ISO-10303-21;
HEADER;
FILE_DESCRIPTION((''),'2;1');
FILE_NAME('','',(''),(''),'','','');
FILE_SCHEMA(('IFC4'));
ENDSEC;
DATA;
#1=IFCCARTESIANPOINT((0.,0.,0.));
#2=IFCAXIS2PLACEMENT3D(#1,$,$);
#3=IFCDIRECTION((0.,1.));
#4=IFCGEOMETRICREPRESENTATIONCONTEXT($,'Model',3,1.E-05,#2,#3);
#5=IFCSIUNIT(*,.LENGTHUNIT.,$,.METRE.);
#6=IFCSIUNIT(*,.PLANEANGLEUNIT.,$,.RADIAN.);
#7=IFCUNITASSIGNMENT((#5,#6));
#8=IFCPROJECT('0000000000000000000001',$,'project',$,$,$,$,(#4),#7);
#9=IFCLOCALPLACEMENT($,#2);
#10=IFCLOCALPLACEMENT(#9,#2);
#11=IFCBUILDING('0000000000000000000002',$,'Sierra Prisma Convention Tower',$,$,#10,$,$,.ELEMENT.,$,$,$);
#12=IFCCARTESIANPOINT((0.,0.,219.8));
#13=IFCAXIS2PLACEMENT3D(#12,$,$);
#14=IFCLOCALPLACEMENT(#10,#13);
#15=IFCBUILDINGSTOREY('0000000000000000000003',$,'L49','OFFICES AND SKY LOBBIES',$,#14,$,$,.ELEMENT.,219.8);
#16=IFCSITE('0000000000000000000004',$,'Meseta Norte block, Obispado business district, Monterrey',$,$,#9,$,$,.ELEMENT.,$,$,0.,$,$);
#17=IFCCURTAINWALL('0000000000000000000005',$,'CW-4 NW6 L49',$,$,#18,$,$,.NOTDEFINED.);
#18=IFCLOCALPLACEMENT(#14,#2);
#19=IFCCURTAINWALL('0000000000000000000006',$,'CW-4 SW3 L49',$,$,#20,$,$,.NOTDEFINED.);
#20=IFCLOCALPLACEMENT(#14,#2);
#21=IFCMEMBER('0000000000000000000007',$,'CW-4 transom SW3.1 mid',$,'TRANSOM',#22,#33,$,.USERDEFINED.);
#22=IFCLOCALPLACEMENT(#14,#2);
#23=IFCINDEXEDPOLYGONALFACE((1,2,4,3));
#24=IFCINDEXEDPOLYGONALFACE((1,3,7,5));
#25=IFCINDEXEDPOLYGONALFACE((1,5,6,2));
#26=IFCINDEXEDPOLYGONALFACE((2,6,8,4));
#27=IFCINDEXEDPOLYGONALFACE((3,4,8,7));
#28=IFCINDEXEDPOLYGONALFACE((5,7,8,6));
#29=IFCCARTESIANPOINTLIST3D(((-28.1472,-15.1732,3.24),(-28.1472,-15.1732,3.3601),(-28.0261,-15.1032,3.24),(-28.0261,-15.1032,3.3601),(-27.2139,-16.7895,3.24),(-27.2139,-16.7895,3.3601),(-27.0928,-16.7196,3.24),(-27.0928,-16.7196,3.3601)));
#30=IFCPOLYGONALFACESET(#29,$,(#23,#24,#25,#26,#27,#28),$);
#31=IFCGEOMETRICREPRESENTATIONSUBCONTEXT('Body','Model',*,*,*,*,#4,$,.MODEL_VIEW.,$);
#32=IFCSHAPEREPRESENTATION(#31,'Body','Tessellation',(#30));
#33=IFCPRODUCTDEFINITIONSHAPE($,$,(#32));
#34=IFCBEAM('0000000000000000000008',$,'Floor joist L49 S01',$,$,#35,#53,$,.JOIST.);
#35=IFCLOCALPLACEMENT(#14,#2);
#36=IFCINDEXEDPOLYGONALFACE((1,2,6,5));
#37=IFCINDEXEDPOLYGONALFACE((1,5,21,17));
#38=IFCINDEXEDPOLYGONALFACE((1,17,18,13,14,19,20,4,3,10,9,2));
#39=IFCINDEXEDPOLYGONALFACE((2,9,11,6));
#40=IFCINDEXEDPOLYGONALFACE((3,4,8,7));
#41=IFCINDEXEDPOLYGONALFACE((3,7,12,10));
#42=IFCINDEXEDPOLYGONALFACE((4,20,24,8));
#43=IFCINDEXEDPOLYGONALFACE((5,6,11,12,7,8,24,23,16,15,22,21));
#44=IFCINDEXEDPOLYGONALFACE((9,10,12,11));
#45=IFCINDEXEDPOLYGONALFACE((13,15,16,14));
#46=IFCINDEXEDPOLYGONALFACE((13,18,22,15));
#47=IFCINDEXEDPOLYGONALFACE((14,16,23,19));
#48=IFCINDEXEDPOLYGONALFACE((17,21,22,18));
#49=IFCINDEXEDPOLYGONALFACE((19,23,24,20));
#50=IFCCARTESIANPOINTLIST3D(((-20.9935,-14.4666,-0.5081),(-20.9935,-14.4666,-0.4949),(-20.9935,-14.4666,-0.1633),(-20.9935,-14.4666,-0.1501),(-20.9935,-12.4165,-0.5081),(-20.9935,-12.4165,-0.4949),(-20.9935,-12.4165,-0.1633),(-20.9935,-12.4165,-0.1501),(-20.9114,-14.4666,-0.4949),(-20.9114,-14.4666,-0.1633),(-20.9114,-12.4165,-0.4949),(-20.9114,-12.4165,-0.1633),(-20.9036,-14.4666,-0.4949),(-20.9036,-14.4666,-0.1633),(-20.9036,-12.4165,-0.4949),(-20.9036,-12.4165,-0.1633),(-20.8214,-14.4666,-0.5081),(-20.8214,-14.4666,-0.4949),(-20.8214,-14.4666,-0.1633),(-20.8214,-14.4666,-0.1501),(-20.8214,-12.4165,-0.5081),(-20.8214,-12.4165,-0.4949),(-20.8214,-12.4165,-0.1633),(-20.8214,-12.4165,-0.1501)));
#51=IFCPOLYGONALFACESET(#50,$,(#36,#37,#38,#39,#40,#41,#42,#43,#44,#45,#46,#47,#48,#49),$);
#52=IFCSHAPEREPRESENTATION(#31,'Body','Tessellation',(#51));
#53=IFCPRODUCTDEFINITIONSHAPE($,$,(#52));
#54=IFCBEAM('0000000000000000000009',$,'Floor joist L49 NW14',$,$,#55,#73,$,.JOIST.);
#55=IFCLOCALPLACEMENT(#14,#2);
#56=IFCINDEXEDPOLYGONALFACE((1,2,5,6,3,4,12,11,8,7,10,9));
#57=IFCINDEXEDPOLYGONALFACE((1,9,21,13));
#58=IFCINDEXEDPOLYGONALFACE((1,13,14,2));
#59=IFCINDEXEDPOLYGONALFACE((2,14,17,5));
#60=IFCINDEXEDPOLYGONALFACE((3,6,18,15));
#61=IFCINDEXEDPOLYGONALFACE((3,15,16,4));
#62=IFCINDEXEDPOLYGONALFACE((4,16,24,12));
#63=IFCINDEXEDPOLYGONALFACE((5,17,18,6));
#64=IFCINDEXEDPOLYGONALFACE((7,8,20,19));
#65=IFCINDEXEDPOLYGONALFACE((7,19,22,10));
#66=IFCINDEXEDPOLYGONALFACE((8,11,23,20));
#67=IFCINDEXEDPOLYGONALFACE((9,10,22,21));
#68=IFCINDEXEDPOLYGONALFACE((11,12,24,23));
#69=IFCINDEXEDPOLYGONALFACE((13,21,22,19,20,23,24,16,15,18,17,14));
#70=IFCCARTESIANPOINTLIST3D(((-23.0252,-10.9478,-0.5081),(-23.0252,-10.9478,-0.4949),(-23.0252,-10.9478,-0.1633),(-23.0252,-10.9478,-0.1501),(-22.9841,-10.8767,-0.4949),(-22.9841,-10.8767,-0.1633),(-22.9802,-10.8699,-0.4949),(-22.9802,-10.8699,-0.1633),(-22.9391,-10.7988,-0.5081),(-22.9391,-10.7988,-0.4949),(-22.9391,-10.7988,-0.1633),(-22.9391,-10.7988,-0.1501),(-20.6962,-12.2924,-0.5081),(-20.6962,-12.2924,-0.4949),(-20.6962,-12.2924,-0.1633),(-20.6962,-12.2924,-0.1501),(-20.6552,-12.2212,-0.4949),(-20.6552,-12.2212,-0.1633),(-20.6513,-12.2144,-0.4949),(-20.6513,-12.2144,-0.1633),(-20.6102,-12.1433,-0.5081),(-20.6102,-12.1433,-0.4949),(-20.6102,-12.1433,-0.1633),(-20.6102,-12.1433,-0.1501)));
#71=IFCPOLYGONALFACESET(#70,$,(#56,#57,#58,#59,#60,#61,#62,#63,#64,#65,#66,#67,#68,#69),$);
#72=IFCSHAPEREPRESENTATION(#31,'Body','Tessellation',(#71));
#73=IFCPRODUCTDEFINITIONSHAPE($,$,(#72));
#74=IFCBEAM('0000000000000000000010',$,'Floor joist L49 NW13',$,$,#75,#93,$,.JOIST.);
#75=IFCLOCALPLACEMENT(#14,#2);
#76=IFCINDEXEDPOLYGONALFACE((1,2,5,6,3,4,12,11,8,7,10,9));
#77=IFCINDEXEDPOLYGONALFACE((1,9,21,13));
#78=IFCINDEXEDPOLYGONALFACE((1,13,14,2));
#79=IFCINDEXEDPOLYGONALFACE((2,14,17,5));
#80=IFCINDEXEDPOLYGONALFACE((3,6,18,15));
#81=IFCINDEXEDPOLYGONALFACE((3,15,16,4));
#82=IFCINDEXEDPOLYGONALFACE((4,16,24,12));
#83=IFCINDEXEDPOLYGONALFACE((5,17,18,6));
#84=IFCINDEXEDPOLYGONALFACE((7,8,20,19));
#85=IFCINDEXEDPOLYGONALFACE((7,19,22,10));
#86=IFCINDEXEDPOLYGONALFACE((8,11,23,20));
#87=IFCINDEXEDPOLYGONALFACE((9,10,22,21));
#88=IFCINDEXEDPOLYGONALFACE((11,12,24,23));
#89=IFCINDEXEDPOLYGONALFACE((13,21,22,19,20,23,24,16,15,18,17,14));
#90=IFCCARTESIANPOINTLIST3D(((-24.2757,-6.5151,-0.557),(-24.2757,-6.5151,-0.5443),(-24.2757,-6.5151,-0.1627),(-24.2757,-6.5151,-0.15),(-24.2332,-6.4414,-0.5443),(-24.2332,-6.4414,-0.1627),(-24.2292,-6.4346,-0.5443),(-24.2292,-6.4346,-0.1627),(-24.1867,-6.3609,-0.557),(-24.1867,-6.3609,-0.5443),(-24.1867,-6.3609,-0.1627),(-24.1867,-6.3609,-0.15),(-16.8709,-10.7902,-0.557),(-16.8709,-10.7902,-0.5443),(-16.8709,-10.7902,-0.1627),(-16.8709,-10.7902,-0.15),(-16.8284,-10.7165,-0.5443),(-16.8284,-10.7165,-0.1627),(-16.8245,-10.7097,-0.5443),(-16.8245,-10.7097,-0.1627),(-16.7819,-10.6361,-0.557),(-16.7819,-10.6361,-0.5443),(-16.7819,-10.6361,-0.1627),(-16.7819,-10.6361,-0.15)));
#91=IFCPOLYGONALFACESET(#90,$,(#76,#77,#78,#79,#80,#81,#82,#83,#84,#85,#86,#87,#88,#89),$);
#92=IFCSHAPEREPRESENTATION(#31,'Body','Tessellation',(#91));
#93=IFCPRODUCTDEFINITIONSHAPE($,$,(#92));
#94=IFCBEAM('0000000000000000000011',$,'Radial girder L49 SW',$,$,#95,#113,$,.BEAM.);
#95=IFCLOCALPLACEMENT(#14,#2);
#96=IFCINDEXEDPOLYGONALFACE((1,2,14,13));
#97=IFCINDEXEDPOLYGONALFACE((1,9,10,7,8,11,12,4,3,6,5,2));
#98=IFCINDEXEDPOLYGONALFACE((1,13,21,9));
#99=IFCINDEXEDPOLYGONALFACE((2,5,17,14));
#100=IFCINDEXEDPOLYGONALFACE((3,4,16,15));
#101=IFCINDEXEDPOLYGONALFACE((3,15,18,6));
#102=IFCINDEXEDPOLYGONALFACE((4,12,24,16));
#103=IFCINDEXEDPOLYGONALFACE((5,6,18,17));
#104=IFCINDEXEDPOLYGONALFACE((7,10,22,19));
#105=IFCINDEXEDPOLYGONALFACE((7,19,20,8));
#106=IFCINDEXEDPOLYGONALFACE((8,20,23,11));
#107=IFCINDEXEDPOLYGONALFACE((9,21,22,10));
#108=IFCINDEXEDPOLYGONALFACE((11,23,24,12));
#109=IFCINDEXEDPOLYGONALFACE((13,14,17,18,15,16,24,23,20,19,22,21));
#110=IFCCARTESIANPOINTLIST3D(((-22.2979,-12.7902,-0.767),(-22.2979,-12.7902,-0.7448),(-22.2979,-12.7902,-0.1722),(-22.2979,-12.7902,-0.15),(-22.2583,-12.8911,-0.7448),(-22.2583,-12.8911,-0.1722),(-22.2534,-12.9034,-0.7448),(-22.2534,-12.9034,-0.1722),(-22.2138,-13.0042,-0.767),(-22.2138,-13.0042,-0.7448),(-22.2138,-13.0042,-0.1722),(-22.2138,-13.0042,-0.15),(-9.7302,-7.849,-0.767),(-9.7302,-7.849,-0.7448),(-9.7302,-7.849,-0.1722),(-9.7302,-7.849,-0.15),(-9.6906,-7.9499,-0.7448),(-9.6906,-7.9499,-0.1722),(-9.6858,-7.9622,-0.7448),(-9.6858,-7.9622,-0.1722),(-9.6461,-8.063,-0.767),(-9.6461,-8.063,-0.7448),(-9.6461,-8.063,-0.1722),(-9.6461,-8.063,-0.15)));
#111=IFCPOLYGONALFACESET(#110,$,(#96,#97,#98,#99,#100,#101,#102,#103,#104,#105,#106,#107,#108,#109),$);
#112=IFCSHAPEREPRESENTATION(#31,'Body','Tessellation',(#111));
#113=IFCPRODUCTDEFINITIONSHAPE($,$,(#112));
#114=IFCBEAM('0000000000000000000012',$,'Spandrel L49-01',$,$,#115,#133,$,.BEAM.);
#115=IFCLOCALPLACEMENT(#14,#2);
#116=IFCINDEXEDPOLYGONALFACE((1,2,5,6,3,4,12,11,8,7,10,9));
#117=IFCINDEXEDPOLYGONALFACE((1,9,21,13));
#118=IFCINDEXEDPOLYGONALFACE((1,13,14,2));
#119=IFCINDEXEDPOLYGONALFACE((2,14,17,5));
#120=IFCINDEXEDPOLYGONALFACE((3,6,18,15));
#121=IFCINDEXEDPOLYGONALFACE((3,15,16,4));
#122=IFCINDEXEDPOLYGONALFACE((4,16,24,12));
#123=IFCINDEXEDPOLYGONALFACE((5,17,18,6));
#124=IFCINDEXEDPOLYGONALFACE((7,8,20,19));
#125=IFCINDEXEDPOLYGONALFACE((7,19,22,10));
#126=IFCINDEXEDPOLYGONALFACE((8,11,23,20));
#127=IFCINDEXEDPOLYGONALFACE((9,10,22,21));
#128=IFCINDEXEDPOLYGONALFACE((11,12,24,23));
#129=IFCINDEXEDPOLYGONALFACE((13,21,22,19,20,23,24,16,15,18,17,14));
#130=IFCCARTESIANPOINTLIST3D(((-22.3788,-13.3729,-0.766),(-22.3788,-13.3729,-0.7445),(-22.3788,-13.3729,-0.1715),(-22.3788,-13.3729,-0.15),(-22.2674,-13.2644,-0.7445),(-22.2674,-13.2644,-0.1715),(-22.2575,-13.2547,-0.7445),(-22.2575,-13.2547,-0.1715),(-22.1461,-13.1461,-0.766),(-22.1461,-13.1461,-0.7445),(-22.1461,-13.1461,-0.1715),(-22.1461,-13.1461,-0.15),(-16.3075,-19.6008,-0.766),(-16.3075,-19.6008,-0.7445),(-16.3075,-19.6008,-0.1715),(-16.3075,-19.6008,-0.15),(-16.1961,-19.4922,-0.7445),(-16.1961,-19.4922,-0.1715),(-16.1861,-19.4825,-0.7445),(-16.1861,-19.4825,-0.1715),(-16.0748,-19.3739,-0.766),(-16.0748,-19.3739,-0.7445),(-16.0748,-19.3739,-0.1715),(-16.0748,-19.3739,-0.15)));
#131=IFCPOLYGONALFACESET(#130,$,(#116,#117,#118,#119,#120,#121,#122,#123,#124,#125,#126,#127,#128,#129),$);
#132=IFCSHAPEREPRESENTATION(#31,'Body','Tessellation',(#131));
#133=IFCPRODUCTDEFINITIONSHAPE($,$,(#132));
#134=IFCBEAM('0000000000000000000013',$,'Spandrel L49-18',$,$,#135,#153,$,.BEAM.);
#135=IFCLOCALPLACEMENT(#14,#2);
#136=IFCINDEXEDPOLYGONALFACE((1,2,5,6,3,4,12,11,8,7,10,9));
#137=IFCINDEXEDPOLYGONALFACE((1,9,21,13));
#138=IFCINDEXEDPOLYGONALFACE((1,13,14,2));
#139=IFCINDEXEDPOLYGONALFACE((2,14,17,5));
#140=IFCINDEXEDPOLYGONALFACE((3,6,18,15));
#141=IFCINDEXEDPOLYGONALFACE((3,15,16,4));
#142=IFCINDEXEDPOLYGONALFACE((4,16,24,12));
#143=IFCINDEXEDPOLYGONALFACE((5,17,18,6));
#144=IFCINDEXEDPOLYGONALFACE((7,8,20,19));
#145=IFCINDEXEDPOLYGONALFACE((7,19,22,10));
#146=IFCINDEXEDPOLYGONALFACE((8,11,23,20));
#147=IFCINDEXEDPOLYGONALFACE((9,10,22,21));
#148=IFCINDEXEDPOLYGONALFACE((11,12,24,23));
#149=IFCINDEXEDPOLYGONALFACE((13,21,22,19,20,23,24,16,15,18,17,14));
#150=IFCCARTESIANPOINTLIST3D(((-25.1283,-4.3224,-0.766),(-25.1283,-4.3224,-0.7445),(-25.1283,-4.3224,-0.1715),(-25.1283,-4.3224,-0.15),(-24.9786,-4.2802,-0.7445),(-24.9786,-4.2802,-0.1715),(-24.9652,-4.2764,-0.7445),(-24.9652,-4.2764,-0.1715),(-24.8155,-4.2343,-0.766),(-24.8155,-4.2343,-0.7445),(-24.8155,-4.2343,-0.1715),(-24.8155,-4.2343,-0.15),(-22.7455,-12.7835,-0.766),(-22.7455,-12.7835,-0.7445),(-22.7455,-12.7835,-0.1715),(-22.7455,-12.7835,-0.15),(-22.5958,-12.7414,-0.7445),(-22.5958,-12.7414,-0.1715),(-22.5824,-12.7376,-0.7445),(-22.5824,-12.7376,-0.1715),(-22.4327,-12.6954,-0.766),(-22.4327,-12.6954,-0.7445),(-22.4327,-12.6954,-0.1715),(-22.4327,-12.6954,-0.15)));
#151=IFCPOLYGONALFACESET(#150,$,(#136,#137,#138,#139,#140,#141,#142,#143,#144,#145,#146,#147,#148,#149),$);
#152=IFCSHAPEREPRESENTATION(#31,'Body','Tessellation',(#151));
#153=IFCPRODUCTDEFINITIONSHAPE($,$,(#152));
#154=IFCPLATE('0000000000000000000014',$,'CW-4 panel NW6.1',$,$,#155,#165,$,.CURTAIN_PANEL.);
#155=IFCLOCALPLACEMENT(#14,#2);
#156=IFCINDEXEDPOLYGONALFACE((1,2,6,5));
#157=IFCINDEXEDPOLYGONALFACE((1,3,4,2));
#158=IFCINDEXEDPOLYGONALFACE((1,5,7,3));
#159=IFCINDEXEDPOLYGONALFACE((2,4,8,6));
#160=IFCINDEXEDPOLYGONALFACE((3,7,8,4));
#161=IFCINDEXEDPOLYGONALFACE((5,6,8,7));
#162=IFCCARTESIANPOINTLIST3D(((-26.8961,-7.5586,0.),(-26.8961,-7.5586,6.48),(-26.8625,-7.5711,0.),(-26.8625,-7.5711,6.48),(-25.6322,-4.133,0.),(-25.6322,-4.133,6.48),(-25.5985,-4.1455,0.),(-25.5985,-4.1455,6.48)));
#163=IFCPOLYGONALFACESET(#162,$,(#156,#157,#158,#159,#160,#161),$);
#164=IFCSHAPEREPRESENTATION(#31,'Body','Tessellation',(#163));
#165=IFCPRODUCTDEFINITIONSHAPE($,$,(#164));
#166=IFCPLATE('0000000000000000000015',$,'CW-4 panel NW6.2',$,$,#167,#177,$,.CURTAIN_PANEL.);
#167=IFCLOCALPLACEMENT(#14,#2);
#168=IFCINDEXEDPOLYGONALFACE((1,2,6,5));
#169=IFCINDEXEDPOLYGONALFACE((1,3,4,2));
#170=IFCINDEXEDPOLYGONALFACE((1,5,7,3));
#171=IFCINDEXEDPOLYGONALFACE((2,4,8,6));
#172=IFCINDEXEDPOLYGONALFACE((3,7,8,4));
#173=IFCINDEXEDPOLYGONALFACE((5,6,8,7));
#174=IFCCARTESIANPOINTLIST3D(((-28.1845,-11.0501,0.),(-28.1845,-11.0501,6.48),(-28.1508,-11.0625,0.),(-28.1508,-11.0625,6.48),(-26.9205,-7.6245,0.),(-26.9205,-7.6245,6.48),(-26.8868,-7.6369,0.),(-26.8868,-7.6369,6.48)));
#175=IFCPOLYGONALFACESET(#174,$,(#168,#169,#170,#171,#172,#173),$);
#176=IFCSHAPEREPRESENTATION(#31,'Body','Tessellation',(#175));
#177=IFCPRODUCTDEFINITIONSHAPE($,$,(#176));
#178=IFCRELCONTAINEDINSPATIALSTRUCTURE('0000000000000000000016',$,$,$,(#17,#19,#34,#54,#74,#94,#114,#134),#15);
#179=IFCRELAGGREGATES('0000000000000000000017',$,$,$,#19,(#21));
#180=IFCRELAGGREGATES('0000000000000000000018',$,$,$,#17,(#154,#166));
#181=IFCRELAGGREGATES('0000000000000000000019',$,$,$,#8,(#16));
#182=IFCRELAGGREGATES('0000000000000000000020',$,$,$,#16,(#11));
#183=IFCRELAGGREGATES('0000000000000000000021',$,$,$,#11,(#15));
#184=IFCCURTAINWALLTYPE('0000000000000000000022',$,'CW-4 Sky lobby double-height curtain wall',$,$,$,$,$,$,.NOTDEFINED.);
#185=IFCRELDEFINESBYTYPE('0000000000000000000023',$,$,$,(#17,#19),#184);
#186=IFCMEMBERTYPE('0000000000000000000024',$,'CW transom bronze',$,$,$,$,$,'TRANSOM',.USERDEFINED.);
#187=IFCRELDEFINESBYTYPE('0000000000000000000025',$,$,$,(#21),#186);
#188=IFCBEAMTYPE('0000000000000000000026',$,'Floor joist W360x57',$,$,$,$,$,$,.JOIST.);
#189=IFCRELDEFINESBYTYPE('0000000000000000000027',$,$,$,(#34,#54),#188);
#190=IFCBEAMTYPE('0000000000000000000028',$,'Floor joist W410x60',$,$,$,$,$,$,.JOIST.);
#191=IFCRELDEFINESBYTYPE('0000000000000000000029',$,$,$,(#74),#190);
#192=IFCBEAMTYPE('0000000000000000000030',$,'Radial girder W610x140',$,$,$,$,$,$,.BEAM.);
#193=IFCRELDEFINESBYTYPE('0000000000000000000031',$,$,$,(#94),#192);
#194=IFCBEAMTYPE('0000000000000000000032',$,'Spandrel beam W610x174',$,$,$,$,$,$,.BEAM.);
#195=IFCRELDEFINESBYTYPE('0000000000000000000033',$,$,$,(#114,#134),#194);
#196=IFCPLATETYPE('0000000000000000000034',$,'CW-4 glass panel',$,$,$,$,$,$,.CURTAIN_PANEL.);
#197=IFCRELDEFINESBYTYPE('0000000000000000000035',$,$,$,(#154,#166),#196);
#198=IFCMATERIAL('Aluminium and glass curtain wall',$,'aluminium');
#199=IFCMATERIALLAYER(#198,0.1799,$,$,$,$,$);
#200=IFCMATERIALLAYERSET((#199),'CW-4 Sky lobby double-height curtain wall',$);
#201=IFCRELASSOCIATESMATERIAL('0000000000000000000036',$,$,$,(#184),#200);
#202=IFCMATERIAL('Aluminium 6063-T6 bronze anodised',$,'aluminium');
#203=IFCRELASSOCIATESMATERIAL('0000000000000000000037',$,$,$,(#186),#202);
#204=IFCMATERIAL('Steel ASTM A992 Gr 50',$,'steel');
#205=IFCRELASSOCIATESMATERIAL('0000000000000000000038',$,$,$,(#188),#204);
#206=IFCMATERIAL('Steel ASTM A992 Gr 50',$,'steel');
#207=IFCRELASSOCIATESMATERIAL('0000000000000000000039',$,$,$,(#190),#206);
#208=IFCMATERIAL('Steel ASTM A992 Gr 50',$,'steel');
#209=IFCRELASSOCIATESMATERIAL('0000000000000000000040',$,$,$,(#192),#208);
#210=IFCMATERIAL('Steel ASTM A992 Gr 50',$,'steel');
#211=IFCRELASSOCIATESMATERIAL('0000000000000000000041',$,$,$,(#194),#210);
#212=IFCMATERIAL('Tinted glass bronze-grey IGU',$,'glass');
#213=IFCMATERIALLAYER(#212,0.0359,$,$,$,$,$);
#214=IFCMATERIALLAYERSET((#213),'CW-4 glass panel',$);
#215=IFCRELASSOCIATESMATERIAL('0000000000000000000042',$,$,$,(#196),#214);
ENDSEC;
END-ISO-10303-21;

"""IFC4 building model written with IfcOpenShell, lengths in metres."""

from ifc_helpers import new_model, si_unit, direction, frame, origin, origin_2d, place, context, subcontext, project, spatial, rectangle, i_section, extrude, material, layer, layer_set, material_profile, profile_set, type_object, element, aggregate, save


model = new_model("IFC4")

# Units and contexts
model_context = context("Model", 3, precision=1e-05, world=origin(), true_north=direction((0.0, 1.0)))
body_context = subcontext(model_context, "Body", "Model", "MODEL_VIEW")
ifc_project = project(units=[si_unit("LENGTHUNIT", "METRE"), si_unit("PLANEANGLEUNIT", "RADIAN")], contexts=[model_context])

# Site, building, storey
site_placement = place(None, origin())
site = spatial("IfcSite", under=ifc_project, at=site_placement, Name="Meseta Norte block, Obispado business district, Monterrey", CompositionType="ELEMENT", RefElevation=0.0)
building_placement = place(site_placement, origin())
building = spatial("IfcBuilding", under=site, at=building_placement, Name="Sierra Prisma Convention Tower", CompositionType="ELEMENT")
storey_placement = place(building_placement, frame((0.0, 0.0, 219.8)))
storey = spatial("IfcBuildingStorey", under=building, at=storey_placement, Name="L49", Description="OFFICES AND SKY LOBBIES", CompositionType="ELEMENT", Elevation=219.8)

# Curtain walls
ifc_material_1 = material(Name="Aluminium and glass curtain wall", Category="aluminium")
ifc_layer_1 = layer(ifc_material_1, 0.1799)
ifc_layer_set_1 = layer_set([ifc_layer_1], Name="CW-4 Sky lobby double-height curtain wall")
curtain_wall_type = type_object("IfcCurtainWallType", Name="CW-4 Sky lobby double-height curtain wall", PredefinedType="NOTDEFINED", material=ifc_layer_set_1)
curtain_wall_1_placement = place(storey_placement, origin())
curtain_wall_1 = element("IfcCurtainWall", 1, at=curtain_wall_1_placement, inside=storey, type_object=curtain_wall_type, Name="CW-4 NW6 L49", PredefinedType="NOTDEFINED")
curtain_wall_2_placement = place(storey_placement, origin())
curtain_wall_2 = element("IfcCurtainWall", 2, at=curtain_wall_2_placement, inside=storey, type_object=curtain_wall_type, Name="CW-4 SW3 L49", PredefinedType="NOTDEFINED")

# Member
ifc_material_2 = material(Name="Aluminium 6063-T6 bronze anodised", Category="aluminium")
ifc_material_profile_1 = material_profile(ifc_material_2, rectangle(XDim=0.1399, YDim=0.1201, at=origin_2d()), Name="ALU TRANSOM 120x140")
ifc_profile_set_1 = profile_set([ifc_material_profile_1], Name="Aluminium 6063-T6 bronze anodised")
member_type_1 = type_object("IfcMemberType", Name="CW transom bronze", ElementType="TRANSOM", PredefinedType="USERDEFINED", material=ifc_profile_set_1)
member_1_placement = place(storey_placement, frame((-28.0867, -15.1382, 3.3), z_axis=(0.500036, -0.866005, 0.0), x_axis=(0.866005, 0.500036, 0.0)))
member_1 = element("IfcMember", 3, at=member_1_placement, type_object=member_type_1, Name="CW-4 transom SW3.1 mid", ObjectType="TRANSOM", PredefinedType="USERDEFINED", context=body_context, shape_type="SweptSolid", body=[
    extrude(rectangle(XDim=0.1399, YDim=0.1201, at=origin_2d()), origin(), (0.0, 0.0, 1.0), 1.8665),
])
aggregate(curtain_wall_2, [member_1])

# Beams
ifc_material_3 = material(Name="Steel ASTM A992 Gr 50", Category="steel")
ifc_material_profile_2 = material_profile(ifc_material_3, i_section(OverallWidth=0.1721, OverallDepth=0.3579, WebThickness=0.0078, FlangeThickness=0.0132, at=origin_2d()), Name="W360x57")
ifc_profile_set_2 = profile_set([ifc_material_profile_2], Name="Steel ASTM A992 Gr 50")
beam_type_1 = type_object("IfcBeamType", Name="Floor joist W360x57", PredefinedType="JOIST", material=ifc_profile_set_2)
beam_1_placement = place(storey_placement, frame((-20.9075, -14.4666, -0.3291), z_axis=(0.0, 1.0, 0.0), x_axis=(-1.0, 0.0, 0.0)))
element("IfcBeam", 4, at=beam_1_placement, inside=storey, type_object=beam_type_1, Name="Floor joist L49 S01", PredefinedType="JOIST", context=body_context, shape_type="SweptSolid", body=[
    extrude(i_section(OverallWidth=0.1721, OverallDepth=0.3579, WebThickness=0.0078, FlangeThickness=0.0132, at=origin_2d()), origin(), (0.0, 0.0, 1.0), 2.05),
])
beam_2_placement = place(storey_placement, frame((-22.9822, -10.8733, -0.3291), z_axis=(0.866039, -0.499977, 0.0), x_axis=(0.499977, 0.866039, 0.0)))
element("IfcBeam", 5, at=beam_2_placement, inside=storey, type_object=beam_type_1, Name="Floor joist L49 NW14", PredefinedType="JOIST", context=body_context, shape_type="SweptSolid", body=[
    extrude(i_section(OverallWidth=0.1721, OverallDepth=0.3579, WebThickness=0.0078, FlangeThickness=0.0132, at=origin_2d()), origin(), (0.0, 0.0, 1.0), 2.6892),
])
ifc_material_4 = material(Name="Steel ASTM A992 Gr 50", Category="steel")
ifc_material_profile_3 = material_profile(ifc_material_4, i_section(OverallWidth=0.178, OverallDepth=0.407, WebThickness=0.0078, FlangeThickness=0.0127, at=origin_2d()), Name="W410x60")
ifc_profile_set_3 = profile_set([ifc_material_profile_3], Name="Steel ASTM A992 Gr 50")
beam_type_2 = type_object("IfcBeamType", Name="Floor joist W410x60", PredefinedType="JOIST", material=ifc_profile_set_3)
beam_3_placement = place(storey_placement, frame((-24.2312, -6.438, -0.3535), z_axis=(0.866026, -0.499999, 0.0), x_axis=(0.499999, 0.866026, 0.0)))
element("IfcBeam", 6, at=beam_3_placement, inside=storey, type_object=beam_type_2, Name="Floor joist L49 NW13", PredefinedType="JOIST", context=body_context, shape_type="SweptSolid", body=[
    extrude(i_section(OverallWidth=0.178, OverallDepth=0.407, WebThickness=0.0078, FlangeThickness=0.0127, at=origin_2d()), origin(), (0.0, 0.0, 1.0), 8.5503),
])
ifc_material_5 = material(Name="Steel ASTM A992 Gr 50", Category="steel")
ifc_material_profile_4 = material_profile(ifc_material_5, i_section(OverallWidth=0.23, OverallDepth=0.6169, WebThickness=0.0132, FlangeThickness=0.0222, at=origin_2d()), Name="W610x140")
ifc_profile_set_4 = profile_set([ifc_material_profile_4], Name="Steel ASTM A992 Gr 50")
beam_type_3 = type_object("IfcBeamType", Name="Radial girder W610x140", PredefinedType="BEAM", material=ifc_profile_set_4)
beam_4_placement = place(storey_placement, frame((-22.2559, -12.8972, -0.4585), z_axis=(0.930654, 0.365901, 0.0), x_axis=(-0.365901, 0.930654, 0.0)))
element("IfcBeam", 7, at=beam_4_placement, inside=storey, type_object=beam_type_3, Name="Radial girder L49 SW", PredefinedType="BEAM", context=body_context, shape_type="SweptSolid", body=[
    extrude(i_section(OverallWidth=0.23, OverallDepth=0.6169, WebThickness=0.0132, FlangeThickness=0.0222, at=origin_2d()), origin(), (0.0, 0.0, 1.0), 13.5042),
])
ifc_material_6 = material(Name="Steel ASTM A992 Gr 50", Category="steel")
ifc_material_profile_5 = material_profile(ifc_material_6, i_section(OverallWidth=0.325, OverallDepth=0.616, WebThickness=0.0139, FlangeThickness=0.0215, at=origin_2d()), Name="W610x174")
ifc_profile_set_5 = profile_set([ifc_material_profile_5], Name="Steel ASTM A992 Gr 50")
beam_type_4 = type_object("IfcBeamType", Name="Spandrel beam W610x174", PredefinedType="BEAM", material=ifc_profile_set_5)
beam_5_placement = place(storey_placement, frame((-22.2625, -13.2595, -0.458), z_axis=(0.698053, -0.716046, 0.0), x_axis=(0.716046, 0.698053, 0.0)))
element("IfcBeam", 8, at=beam_5_placement, inside=storey, type_object=beam_type_4, Name="Spandrel L49-01", PredefinedType="BEAM", context=body_context, shape_type="SweptSolid", body=[
    extrude(i_section(OverallWidth=0.325, OverallDepth=0.616, WebThickness=0.0139, FlangeThickness=0.0215, at=origin_2d()), origin(), (0.0, 0.0, 1.0), 8.6975),
])
beam_6_placement = place(storey_placement, frame((-24.9719, -4.2783, -0.458), z_axis=(0.271073, -0.962559, 0.0), x_axis=(0.962559, 0.271073, 0.0)))
element("IfcBeam", 9, at=beam_6_placement, inside=storey, type_object=beam_type_4, Name="Spandrel L49-18", PredefinedType="BEAM", context=body_context, shape_type="SweptSolid", body=[
    extrude(i_section(OverallWidth=0.325, OverallDepth=0.616, WebThickness=0.0139, FlangeThickness=0.0215, at=origin_2d()), origin(), (0.0, 0.0, 1.0), 8.7903),
])

# Plates
ifc_material_7 = material(Name="Tinted glass bronze-grey IGU", Category="glass")
ifc_layer_2 = layer(ifc_material_7, 0.0359)
ifc_layer_set_2 = layer_set([ifc_layer_2], Name="CW-4 glass panel")
plate_type = type_object("IfcPlateType", Name="CW-4 glass panel", PredefinedType="CURTAIN_PANEL", material=ifc_layer_set_2)
plate_1_placement = place(storey_placement, frame((-26.2473, -5.8521, 0.0), z_axis=(0.0, 0.0, 1.0), x_axis=(-0.346167, -0.938173, 0.0)))
plate_1 = element("IfcPlate", 10, at=plate_1_placement, type_object=plate_type, Name="CW-4 panel NW6.1", PredefinedType="CURTAIN_PANEL", context=body_context, shape_type="SweptSolid", body=[
    extrude(rectangle(XDim=3.6514, YDim=0.0359, at=origin_2d()), origin(), (0.0, 0.0, 1.0), 6.48),
])
plate_2_placement = place(storey_placement, frame((-27.5356, -9.3435, 0.0), z_axis=(0.0, 0.0, 1.0), x_axis=(-0.346167, -0.938173, 0.0)))
plate_2 = element("IfcPlate", 11, at=plate_2_placement, type_object=plate_type, Name="CW-4 panel NW6.2", PredefinedType="CURTAIN_PANEL", context=body_context, shape_type="SweptSolid", body=[
    extrude(rectangle(XDim=3.6514, YDim=0.0359, at=origin_2d()), origin(), (0.0, 0.0, 1.0), 6.48),
])
aggregate(curtain_wall_1, [plate_1, plate_2])

save(model, "model.ifc")
